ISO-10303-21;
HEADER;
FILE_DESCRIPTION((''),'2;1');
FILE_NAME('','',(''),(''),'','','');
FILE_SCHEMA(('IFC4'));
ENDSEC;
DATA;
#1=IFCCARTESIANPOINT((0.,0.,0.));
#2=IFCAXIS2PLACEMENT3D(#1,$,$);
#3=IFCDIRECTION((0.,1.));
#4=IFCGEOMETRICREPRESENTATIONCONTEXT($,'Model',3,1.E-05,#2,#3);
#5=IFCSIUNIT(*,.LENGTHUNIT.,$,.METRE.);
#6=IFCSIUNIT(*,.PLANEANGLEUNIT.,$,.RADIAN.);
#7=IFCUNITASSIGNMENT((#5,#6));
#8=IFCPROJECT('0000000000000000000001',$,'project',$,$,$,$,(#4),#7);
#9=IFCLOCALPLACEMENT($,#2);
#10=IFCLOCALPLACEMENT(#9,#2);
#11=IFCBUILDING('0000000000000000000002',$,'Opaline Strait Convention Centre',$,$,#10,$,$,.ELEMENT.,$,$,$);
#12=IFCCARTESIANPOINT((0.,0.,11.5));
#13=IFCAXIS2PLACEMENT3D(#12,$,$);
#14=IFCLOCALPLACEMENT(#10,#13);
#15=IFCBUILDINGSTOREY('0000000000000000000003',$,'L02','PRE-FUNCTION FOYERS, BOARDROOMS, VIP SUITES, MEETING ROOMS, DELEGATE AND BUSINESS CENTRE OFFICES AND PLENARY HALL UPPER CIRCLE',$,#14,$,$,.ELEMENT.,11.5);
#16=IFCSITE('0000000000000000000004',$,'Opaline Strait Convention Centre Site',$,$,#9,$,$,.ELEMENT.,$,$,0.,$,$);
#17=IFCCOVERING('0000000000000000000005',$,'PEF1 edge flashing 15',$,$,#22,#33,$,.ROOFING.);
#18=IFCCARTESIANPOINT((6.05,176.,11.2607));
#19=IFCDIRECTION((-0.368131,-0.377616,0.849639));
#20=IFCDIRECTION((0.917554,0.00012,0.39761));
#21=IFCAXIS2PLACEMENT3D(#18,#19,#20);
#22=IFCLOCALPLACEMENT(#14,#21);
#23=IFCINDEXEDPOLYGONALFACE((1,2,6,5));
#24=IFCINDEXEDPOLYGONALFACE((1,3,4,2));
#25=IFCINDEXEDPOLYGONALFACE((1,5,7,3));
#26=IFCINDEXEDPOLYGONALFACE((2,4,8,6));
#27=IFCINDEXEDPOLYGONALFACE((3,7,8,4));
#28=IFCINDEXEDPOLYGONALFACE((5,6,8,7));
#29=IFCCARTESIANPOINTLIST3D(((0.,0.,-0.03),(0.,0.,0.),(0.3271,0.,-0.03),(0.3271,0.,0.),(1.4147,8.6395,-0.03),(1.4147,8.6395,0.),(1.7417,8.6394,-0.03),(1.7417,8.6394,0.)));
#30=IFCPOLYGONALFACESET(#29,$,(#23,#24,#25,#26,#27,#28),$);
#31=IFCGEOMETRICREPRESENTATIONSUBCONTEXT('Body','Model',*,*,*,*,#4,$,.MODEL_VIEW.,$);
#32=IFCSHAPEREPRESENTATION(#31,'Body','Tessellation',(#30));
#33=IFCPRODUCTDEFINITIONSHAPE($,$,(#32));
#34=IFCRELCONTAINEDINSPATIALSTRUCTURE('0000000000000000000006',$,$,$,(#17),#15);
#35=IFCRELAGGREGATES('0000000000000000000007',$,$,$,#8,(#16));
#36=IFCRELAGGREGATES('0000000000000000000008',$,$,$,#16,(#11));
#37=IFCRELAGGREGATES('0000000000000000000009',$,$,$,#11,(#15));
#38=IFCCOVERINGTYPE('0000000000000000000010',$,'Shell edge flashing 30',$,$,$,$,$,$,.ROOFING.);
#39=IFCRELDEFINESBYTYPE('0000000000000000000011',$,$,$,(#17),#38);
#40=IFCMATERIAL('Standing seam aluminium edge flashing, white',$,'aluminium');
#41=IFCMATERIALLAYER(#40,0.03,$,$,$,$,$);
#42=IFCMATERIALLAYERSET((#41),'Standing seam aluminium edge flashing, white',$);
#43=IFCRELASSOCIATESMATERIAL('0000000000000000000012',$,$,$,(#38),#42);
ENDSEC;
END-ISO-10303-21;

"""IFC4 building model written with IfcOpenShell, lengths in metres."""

from ifc_helpers import new_model, si_unit, direction, frame, origin, place, context, subcontext, project, spatial, polyline, outline, extrude, material, layer, layer_set, type_object, element, save


model = new_model("IFC4")

# Units and contexts
model_context = context("Model", 3, precision=1e-05, world=origin(), true_north=direction((0.0, 1.0)))
body_context = subcontext(model_context, "Body", "Model", "MODEL_VIEW")
ifc_project = project(units=[si_unit("LENGTHUNIT", "METRE"), si_unit("PLANEANGLEUNIT", "RADIAN")], contexts=[model_context])

# Site, building, storey
site_placement = place(None, origin())
site = spatial("IfcSite", under=ifc_project, at=site_placement, Name="Opaline Strait Convention Centre Site", CompositionType="ELEMENT", RefElevation=0.0)
building_placement = place(site_placement, origin())
building = spatial("IfcBuilding", under=site, at=building_placement, Name="Opaline Strait Convention Centre", CompositionType="ELEMENT")
storey_placement = place(building_placement, frame((0.0, 0.0, 11.5)))
storey = spatial("IfcBuildingStorey", under=building, at=storey_placement, Name="L02", Description="PRE-FUNCTION FOYERS, BOARDROOMS, VIP SUITES, MEETING ROOMS, DELEGATE AND BUSINESS CENTRE OFFICES AND PLENARY HALL UPPER CIRCLE", CompositionType="ELEMENT", Elevation=11.5)

# Covering
ifc_material_1 = material(Name="Standing seam aluminium edge flashing, white", Category="aluminium")
ifc_layer_1 = layer(ifc_material_1, 0.03)
ifc_layer_set_1 = layer_set([ifc_layer_1], Name="Standing seam aluminium edge flashing, white")
covering_type_1 = type_object("IfcCoveringType", Name="Shell edge flashing 30", PredefinedType="ROOFING", material=ifc_layer_set_1)
covering_1_placement = place(storey_placement, frame((6.05, 176.0, 11.2607), z_axis=(-0.368131, -0.377616, 0.849639), x_axis=(0.917554, 0.00012, 0.39761)))
element("IfcCovering", 1, at=covering_1_placement, inside=storey, type_object=covering_type_1, Name="PEF1 edge flashing 15", PredefinedType="ROOFING", context=body_context, shape_type="SweptSolid", body=[
    extrude(outline(polyline([(0.0, 0.0), (0.3271, 0.0), (1.7417, 8.6394), (1.4147, 8.6395), (0.0, 0.0)])), origin(), (0.0, 0.0, -1.0), 0.03),
])

save(model, "model.ifc")
